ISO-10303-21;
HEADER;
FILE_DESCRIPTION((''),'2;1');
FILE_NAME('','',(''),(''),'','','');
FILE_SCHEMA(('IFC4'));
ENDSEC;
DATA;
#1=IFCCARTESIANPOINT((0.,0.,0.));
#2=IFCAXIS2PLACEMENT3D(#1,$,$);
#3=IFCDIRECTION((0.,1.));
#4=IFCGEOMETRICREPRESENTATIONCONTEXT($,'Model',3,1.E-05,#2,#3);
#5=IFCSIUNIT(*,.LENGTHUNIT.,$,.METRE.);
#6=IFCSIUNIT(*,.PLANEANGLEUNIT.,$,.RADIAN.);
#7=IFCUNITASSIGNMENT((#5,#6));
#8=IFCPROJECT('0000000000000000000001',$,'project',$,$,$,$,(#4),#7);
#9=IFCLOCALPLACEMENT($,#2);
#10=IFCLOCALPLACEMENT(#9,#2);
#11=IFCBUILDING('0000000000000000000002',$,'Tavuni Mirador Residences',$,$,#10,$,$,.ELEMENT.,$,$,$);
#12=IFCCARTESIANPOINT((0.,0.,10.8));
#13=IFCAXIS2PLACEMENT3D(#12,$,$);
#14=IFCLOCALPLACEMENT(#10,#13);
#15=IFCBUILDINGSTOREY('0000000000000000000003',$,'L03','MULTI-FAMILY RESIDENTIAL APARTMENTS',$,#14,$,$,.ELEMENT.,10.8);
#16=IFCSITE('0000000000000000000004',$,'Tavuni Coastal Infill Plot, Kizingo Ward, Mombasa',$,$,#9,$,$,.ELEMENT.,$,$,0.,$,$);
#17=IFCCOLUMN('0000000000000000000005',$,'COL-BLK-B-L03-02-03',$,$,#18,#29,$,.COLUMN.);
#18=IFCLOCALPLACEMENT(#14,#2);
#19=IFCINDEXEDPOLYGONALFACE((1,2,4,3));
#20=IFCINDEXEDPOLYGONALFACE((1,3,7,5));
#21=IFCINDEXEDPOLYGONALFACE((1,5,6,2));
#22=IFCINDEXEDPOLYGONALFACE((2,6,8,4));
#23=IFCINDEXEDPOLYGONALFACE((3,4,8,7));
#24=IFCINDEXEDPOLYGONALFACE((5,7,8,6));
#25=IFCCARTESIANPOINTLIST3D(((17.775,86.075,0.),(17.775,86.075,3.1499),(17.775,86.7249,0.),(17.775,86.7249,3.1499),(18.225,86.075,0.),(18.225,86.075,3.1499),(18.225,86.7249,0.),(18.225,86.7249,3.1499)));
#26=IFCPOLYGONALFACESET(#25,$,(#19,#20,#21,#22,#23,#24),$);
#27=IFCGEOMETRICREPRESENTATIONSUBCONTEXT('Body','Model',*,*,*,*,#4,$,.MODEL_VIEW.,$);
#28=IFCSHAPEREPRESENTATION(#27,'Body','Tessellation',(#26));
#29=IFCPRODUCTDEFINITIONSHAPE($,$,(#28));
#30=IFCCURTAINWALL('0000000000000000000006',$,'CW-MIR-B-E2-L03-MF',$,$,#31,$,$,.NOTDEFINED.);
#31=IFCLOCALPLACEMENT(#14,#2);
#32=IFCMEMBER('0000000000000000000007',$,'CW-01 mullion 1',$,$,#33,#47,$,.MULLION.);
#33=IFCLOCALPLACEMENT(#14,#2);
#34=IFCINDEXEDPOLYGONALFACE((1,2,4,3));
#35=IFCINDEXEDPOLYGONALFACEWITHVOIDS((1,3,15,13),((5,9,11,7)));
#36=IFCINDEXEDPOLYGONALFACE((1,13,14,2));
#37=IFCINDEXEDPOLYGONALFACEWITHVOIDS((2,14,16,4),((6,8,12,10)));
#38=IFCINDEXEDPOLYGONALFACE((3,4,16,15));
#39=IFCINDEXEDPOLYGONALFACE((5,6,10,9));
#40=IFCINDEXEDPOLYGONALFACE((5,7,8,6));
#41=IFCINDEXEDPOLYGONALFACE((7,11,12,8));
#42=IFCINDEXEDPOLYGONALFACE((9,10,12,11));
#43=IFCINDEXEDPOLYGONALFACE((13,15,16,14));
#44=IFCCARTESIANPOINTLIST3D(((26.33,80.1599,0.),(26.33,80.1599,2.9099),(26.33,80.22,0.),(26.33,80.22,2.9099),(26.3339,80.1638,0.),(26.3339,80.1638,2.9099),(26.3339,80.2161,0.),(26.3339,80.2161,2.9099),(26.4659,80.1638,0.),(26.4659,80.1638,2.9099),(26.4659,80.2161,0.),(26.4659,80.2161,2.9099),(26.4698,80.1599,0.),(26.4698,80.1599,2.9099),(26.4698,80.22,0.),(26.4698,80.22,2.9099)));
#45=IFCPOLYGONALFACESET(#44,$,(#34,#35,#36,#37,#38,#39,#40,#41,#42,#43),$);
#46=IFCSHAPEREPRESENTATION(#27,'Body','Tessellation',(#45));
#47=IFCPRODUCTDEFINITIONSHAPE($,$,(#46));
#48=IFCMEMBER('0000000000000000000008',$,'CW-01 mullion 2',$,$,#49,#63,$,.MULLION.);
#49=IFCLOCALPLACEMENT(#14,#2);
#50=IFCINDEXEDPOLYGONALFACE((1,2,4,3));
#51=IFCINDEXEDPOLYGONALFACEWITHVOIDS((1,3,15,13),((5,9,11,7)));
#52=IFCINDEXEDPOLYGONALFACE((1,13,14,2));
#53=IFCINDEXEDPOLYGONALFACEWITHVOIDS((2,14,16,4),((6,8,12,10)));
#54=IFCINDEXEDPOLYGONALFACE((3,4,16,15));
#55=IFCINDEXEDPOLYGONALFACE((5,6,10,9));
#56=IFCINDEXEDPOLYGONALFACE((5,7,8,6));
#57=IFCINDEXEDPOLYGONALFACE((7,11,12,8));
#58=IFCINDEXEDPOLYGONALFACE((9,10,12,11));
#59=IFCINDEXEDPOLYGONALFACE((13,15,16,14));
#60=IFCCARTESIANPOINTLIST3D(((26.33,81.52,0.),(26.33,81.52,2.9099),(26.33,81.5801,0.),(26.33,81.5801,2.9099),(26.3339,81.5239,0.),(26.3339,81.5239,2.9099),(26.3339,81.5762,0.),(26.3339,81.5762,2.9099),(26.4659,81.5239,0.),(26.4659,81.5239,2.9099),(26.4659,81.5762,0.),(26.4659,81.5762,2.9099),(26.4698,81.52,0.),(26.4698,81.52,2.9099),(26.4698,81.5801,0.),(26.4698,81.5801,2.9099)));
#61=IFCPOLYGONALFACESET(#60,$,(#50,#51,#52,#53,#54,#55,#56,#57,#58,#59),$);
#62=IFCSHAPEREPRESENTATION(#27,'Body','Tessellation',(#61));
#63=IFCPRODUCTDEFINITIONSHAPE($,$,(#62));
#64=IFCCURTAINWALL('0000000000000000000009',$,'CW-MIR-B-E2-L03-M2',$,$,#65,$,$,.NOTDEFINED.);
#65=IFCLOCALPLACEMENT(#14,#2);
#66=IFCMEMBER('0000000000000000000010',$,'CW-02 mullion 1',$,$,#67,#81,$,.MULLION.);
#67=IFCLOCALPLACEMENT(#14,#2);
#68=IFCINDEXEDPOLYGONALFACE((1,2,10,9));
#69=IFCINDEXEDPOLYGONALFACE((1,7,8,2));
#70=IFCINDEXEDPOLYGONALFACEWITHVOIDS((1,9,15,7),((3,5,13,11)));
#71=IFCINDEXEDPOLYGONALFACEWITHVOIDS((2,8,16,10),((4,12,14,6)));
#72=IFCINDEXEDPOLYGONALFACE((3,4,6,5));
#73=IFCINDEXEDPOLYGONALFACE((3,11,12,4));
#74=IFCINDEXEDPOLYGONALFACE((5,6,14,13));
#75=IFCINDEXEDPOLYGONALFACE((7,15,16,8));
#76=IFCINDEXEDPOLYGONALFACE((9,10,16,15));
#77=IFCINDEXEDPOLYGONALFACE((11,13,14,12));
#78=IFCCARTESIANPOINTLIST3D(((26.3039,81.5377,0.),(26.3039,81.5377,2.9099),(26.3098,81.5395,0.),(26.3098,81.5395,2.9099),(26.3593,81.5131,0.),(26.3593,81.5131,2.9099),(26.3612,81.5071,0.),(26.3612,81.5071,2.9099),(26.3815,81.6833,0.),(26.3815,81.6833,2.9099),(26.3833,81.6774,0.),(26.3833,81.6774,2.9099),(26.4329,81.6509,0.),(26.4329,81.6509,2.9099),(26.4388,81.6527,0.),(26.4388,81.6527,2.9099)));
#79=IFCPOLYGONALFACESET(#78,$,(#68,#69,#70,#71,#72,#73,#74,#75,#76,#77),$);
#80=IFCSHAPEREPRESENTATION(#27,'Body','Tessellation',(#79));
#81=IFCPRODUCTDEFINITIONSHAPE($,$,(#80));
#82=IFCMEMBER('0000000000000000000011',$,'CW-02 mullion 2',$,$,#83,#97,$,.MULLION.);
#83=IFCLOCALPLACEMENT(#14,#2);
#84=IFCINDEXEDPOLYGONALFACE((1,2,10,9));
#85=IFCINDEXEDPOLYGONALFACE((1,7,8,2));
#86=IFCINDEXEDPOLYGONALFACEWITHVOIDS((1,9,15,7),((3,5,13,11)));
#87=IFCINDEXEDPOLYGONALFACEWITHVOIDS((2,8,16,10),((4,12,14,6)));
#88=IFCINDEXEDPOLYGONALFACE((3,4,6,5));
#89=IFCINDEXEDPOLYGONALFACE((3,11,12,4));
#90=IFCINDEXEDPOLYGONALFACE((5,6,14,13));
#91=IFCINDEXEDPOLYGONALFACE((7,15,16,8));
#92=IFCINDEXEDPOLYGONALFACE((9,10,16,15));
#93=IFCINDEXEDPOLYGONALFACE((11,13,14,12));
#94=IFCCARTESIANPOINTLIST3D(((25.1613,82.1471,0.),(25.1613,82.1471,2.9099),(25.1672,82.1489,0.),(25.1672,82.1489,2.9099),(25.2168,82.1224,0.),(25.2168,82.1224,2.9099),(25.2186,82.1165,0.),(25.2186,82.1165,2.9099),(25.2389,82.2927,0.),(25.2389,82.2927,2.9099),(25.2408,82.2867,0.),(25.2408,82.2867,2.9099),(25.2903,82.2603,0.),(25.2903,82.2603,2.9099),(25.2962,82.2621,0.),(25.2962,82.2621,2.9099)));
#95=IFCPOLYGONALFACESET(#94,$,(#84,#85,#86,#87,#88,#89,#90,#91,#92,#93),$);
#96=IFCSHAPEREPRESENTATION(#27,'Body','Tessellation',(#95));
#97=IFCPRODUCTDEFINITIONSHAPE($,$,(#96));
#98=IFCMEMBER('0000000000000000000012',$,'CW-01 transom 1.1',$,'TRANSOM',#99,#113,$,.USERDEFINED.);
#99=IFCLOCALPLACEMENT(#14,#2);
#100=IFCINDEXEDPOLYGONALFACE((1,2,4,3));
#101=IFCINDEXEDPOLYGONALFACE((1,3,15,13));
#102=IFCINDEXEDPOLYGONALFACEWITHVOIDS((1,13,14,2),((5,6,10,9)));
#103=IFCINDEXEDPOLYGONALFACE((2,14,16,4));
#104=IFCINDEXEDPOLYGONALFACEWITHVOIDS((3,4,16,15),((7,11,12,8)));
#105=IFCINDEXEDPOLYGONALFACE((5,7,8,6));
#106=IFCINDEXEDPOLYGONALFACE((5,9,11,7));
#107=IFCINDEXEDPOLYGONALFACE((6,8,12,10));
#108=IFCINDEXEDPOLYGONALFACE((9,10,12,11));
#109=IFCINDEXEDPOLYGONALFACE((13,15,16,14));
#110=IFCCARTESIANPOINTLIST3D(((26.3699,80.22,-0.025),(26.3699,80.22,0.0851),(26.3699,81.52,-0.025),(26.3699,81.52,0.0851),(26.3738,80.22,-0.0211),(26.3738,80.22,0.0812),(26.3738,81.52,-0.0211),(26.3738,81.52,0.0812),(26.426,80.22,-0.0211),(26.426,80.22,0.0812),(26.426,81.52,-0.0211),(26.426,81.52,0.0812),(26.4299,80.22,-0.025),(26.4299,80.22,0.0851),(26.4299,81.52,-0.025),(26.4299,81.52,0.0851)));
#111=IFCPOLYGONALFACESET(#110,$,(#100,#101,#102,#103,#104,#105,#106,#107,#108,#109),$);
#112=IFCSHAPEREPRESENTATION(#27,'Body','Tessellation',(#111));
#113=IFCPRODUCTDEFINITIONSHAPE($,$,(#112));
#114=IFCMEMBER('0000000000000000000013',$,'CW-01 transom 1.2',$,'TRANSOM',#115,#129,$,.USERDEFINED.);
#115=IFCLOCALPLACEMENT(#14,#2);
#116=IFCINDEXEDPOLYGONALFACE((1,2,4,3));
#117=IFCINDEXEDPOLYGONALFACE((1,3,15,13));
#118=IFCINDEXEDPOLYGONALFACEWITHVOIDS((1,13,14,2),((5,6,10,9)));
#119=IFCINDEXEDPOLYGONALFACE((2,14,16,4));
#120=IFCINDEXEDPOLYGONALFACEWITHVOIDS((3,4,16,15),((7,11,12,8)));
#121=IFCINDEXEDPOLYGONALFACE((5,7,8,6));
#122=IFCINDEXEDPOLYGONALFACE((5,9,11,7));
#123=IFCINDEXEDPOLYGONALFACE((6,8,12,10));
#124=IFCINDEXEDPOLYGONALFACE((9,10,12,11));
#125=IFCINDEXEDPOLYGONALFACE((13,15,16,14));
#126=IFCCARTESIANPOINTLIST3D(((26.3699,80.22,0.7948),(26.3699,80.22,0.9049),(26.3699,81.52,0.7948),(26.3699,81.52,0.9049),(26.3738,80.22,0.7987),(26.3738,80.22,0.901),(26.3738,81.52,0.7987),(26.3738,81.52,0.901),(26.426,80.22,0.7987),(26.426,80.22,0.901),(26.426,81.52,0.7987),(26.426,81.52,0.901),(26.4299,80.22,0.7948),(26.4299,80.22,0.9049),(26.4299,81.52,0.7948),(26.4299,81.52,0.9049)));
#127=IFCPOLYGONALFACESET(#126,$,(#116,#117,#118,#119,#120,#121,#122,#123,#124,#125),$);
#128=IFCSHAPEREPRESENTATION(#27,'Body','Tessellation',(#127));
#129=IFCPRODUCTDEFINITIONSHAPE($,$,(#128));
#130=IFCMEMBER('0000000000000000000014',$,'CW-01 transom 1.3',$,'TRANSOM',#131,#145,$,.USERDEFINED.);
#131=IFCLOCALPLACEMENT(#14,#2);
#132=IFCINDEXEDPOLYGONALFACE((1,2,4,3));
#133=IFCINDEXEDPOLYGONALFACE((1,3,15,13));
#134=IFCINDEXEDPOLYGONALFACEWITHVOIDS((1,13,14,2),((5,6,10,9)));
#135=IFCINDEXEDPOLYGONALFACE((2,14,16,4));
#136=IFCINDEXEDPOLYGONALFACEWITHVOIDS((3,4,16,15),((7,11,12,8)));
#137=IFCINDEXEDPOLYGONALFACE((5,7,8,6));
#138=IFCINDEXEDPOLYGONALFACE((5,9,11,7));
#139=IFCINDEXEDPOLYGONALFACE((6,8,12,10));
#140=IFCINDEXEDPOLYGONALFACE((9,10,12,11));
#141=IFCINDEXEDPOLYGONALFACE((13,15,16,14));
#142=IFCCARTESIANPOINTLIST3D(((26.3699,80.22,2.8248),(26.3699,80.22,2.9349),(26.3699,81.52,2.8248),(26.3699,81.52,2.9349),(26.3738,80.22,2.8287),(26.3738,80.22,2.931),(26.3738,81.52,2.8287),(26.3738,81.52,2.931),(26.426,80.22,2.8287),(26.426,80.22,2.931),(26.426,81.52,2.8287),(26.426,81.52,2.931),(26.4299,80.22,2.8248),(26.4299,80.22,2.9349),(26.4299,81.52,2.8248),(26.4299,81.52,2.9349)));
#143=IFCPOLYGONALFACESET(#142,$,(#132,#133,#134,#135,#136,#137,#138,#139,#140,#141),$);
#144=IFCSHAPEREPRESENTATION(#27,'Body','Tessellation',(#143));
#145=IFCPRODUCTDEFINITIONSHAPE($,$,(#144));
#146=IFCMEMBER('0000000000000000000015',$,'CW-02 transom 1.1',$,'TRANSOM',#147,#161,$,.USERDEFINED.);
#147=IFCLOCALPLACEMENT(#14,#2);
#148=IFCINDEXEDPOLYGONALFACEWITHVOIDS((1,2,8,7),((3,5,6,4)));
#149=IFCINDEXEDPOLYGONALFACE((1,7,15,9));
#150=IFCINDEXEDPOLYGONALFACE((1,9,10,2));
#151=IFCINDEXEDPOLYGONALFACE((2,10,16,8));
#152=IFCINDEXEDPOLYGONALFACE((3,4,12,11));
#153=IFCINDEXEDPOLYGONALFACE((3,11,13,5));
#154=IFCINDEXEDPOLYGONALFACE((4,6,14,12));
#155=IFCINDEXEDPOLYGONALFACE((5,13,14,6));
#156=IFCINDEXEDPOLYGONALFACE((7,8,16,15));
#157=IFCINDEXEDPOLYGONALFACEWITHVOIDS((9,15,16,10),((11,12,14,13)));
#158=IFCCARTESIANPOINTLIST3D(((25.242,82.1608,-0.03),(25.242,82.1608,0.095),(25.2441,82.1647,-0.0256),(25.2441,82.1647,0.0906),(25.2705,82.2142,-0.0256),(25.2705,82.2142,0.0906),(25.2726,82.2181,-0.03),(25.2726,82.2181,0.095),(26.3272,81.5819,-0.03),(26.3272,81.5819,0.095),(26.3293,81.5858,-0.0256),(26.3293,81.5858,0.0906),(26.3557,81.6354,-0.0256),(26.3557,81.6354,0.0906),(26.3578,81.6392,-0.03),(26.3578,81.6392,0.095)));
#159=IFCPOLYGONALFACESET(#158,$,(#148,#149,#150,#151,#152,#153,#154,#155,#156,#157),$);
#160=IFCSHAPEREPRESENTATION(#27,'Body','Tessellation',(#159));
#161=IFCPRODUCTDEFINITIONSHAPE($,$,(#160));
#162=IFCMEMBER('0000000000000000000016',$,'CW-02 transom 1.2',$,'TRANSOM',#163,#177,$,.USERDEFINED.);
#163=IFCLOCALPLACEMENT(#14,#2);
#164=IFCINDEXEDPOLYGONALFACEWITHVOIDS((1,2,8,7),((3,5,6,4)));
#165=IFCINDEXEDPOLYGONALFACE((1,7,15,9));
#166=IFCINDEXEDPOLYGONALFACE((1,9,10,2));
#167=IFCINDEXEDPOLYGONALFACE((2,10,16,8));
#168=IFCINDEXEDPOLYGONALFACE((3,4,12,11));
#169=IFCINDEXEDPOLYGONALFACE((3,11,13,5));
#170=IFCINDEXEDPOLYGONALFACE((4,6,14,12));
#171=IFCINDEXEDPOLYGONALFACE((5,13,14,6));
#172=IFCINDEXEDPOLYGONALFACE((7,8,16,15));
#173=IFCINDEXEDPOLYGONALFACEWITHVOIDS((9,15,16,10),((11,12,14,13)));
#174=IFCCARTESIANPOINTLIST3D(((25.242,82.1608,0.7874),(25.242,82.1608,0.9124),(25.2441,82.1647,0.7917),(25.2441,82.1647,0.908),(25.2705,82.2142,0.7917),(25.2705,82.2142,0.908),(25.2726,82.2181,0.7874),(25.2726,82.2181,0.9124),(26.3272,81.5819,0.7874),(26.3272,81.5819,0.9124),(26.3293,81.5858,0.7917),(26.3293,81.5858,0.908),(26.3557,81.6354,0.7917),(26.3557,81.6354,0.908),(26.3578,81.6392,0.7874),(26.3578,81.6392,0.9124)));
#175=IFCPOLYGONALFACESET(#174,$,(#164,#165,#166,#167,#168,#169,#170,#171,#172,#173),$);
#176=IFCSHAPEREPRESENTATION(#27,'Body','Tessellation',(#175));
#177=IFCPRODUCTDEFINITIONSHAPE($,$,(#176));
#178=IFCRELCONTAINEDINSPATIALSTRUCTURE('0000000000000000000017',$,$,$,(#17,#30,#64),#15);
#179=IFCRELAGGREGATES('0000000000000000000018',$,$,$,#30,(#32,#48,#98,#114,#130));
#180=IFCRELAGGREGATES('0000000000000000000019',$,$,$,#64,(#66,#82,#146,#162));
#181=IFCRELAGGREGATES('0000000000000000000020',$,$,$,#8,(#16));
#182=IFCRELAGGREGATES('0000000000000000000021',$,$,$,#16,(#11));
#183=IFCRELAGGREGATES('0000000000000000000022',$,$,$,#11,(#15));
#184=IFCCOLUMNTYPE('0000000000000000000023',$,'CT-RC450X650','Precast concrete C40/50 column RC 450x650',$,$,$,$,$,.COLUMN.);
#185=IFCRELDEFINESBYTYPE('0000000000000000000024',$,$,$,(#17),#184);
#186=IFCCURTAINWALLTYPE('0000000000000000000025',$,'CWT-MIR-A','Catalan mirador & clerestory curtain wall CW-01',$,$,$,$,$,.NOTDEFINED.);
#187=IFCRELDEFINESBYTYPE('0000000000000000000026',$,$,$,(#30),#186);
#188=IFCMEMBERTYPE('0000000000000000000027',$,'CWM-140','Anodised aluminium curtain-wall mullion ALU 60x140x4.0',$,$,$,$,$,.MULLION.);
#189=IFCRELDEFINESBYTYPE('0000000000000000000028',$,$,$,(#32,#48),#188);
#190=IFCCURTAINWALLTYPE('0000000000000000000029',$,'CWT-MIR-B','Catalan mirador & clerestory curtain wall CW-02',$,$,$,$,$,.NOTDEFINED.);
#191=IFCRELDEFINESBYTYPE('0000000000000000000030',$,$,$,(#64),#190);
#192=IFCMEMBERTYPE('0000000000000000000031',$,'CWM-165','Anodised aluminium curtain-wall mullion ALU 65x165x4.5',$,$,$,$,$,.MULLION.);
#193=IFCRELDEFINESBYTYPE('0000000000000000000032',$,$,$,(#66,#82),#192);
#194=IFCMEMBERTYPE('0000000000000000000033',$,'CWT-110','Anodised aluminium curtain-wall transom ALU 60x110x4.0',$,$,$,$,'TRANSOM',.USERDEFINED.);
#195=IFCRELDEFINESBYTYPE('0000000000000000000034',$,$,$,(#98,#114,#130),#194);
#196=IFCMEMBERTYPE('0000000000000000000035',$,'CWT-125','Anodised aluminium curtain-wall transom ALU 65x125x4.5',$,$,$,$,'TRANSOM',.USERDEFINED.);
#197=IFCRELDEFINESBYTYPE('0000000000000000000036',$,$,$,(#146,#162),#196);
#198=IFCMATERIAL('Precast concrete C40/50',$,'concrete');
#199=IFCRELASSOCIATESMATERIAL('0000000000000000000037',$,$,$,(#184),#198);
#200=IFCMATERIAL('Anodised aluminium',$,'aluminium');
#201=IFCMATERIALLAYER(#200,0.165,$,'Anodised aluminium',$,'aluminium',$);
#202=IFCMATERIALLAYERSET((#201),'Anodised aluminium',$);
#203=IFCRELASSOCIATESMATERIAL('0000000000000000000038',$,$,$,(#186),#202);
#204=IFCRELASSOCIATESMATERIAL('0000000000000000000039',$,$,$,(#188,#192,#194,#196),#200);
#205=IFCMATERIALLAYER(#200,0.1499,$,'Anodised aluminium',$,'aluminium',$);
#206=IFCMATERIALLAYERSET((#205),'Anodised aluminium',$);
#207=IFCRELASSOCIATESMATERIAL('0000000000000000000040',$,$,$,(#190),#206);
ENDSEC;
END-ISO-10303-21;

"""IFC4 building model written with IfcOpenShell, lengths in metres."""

from ifc_helpers import new_model, si_unit, direction, frame, origin, origin_2d, place, context, subcontext, project, spatial, rectangle, hollow_rectangle, extrude, material, layer, layer_set, material_profile, profile_set, type_object, element, aggregate, save


model = new_model("IFC4")

# Units and contexts
model_context = context("Model", 3, precision=1e-05, world=origin(), true_north=direction((0.0, 1.0)))
body_context = subcontext(model_context, "Body", "Model", "MODEL_VIEW")
ifc_project = project(units=[si_unit("LENGTHUNIT", "METRE"), si_unit("PLANEANGLEUNIT", "RADIAN")], contexts=[model_context])

# Site, building, storey
site_placement = place(None, origin())
site = spatial("IfcSite", under=ifc_project, at=site_placement, Name="Tavuni Coastal Infill Plot, Kizingo Ward, Mombasa", CompositionType="ELEMENT", RefElevation=0.0)
building_placement = place(site_placement, origin())
building = spatial("IfcBuilding", under=site, at=building_placement, Name="Tavuni Mirador Residences", CompositionType="ELEMENT")
storey_placement = place(building_placement, frame((0.0, 0.0, 10.8)))
storey = spatial("IfcBuildingStorey", under=building, at=storey_placement, Name="L03", Description="MULTI-FAMILY RESIDENTIAL APARTMENTS", CompositionType="ELEMENT", Elevation=10.8)

# Column
ifc_material_1 = material(Name="Precast concrete C40/50", Category="concrete")
ifc_material_profile_1 = material_profile(ifc_material_1, rectangle(XDim=0.45, YDim=0.6499, at=origin_2d()), Name="RC 450x650", Category="concrete")
ifc_profile_set_1 = profile_set([ifc_material_profile_1], Name="Precast concrete C40/50")
column_type = type_object("IfcColumnType", Name="CT-RC450X650", Description="Precast concrete C40/50 column RC 450x650", PredefinedType="COLUMN", material=ifc_profile_set_1)
column_placement = place(storey_placement, frame((18.0, 86.3999, 0.0), z_axis=(0.0, 0.0, 1.0), x_axis=(1.0, 0.0, 0.0)))
element("IfcColumn", 1, at=column_placement, inside=storey, type_object=column_type, Name="COL-BLK-B-L03-02-03", PredefinedType="COLUMN", context=body_context, shape_type="SweptSolid", body=[
    extrude(rectangle(XDim=0.45, YDim=0.6499, at=origin_2d()), origin(), (0.0, 0.0, 1.0), 3.1499),
])

# Curtain walls, members
ifc_material_2 = material(Name="Anodised aluminium", Category="aluminium")
ifc_layer_1 = layer(ifc_material_2, 0.165, Name="Anodised aluminium", Category="aluminium")
ifc_layer_set_1 = layer_set([ifc_layer_1], Name="Anodised aluminium")
curtain_wall_type_1 = type_object("IfcCurtainWallType", Name="CWT-MIR-A", Description="Catalan mirador & clerestory curtain wall CW-01", PredefinedType="NOTDEFINED", material=ifc_layer_set_1)
curtain_wall_1_placement = place(storey_placement, origin())
curtain_wall_1 = element("IfcCurtainWall", 2, at=curtain_wall_1_placement, inside=storey, type_object=curtain_wall_type_1, Name="CW-MIR-B-E2-L03-MF", PredefinedType="NOTDEFINED")
ifc_material_profile_2 = material_profile(ifc_material_2, hollow_rectangle(XDim=0.0601, YDim=0.1399, WallThickness=0.0039, at=origin_2d()), Name="ALU 60x140x4.0", Category="aluminium")
ifc_profile_set_2 = profile_set([ifc_material_profile_2], Name="Anodised aluminium")
member_type_1 = type_object("IfcMemberType", Name="CWM-140", Description="Anodised aluminium curtain-wall mullion ALU 60x140x4.0", PredefinedType="MULLION", material=ifc_profile_set_2)
member_1_placement = place(storey_placement, frame((26.3999, 80.1899, 0.0), z_axis=(0.0, 0.0, 1.0), x_axis=(0.0, 1.0, 0.0)))
member_1 = element("IfcMember", 3, at=member_1_placement, type_object=member_type_1, Name="CW-01 mullion 1", PredefinedType="MULLION", context=body_context, shape_type="SweptSolid", body=[
    extrude(hollow_rectangle(XDim=0.0601, YDim=0.1399, WallThickness=0.0039, at=origin_2d()), origin(), (0.0, 0.0, 1.0), 2.9099),
])
member_2_placement = place(storey_placement, frame((26.3999, 81.55, 0.0), z_axis=(0.0, 0.0, 1.0), x_axis=(0.0, 1.0, 0.0)))
member_2 = element("IfcMember", 4, at=member_2_placement, type_object=member_type_1, Name="CW-01 mullion 2", PredefinedType="MULLION", context=body_context, shape_type="SweptSolid", body=[
    extrude(hollow_rectangle(XDim=0.0601, YDim=0.1399, WallThickness=0.0039, at=origin_2d()), origin(), (0.0, 0.0, 1.0), 2.9099),
])
ifc_layer_2 = layer(ifc_material_2, 0.1499, Name="Anodised aluminium", Category="aluminium")
ifc_layer_set_2 = layer_set([ifc_layer_2], Name="Anodised aluminium")
curtain_wall_type_2 = type_object("IfcCurtainWallType", Name="CWT-MIR-B", Description="Catalan mirador & clerestory curtain wall CW-02", PredefinedType="NOTDEFINED", material=ifc_layer_set_2)
curtain_wall_2_placement = place(storey_placement, origin())
curtain_wall_2 = element("IfcCurtainWall", 5, at=curtain_wall_2_placement, inside=storey, type_object=curtain_wall_type_2, Name="CW-MIR-B-E2-L03-M2", PredefinedType="NOTDEFINED")
ifc_material_profile_3 = material_profile(ifc_material_2, hollow_rectangle(XDim=0.0649, YDim=0.165, WallThickness=0.0044, at=origin_2d()), Name="ALU 65x165x4.5", Category="aluminium")
ifc_profile_set_3 = profile_set([ifc_material_profile_3], Name="Anodised aluminium")
member_type_2 = type_object("IfcMemberType", Name="CWM-165", Description="Anodised aluminium curtain-wall mullion ALU 65x165x4.5", PredefinedType="MULLION", material=ifc_profile_set_3)
member_3_placement = place(storey_placement, frame((26.3713, 81.5952, 0.0), z_axis=(0.0, 0.0, 1.0), x_axis=(-0.882353, 0.470588, 0.0)))
member_3 = element("IfcMember", 6, at=member_3_placement, type_object=member_type_2, Name="CW-02 mullion 1", PredefinedType="MULLION", context=body_context, shape_type="SweptSolid", body=[
    extrude(hollow_rectangle(XDim=0.0649, YDim=0.165, WallThickness=0.0044, at=origin_2d()), origin(), (0.0, 0.0, 1.0), 2.9099),
])
member_4_placement = place(storey_placement, frame((25.2288, 82.2046, 0.0), z_axis=(0.0, 0.0, 1.0), x_axis=(-0.882353, 0.470588, 0.0)))
member_4 = element("IfcMember", 7, at=member_4_placement, type_object=member_type_2, Name="CW-02 mullion 2", PredefinedType="MULLION", context=body_context, shape_type="SweptSolid", body=[
    extrude(hollow_rectangle(XDim=0.0649, YDim=0.165, WallThickness=0.0044, at=origin_2d()), origin(), (0.0, 0.0, 1.0), 2.9099),
])

# Members
ifc_material_profile_4 = material_profile(ifc_material_2, hollow_rectangle(XDim=0.0601, YDim=0.1101, WallThickness=0.0039, at=origin_2d()), Name="ALU 60x110x4.0", Category="aluminium")
ifc_profile_set_4 = profile_set([ifc_material_profile_4], Name="Anodised aluminium")
member_type_3 = type_object("IfcMemberType", Name="CWT-110", Description="Anodised aluminium curtain-wall transom ALU 60x110x4.0", ElementType="TRANSOM", PredefinedType="USERDEFINED", material=ifc_profile_set_4)
member_5_placement = place(storey_placement, frame((26.3999, 80.22, 0.03), z_axis=(0.0, 1.0, 0.0), x_axis=(-1.0, 0.0, 0.0)))
member_5 = element("IfcMember", 8, at=member_5_placement, type_object=member_type_3, Name="CW-01 transom 1.1", ObjectType="TRANSOM", PredefinedType="USERDEFINED", context=body_context, shape_type="SweptSolid", body=[
    extrude(hollow_rectangle(XDim=0.0601, YDim=0.1101, WallThickness=0.0039, at=origin_2d()), origin(), (0.0, 0.0, 1.0), 1.3),
])
member_6_placement = place(storey_placement, frame((26.3999, 80.22, 0.8499), z_axis=(0.0, 1.0, 0.0), x_axis=(-1.0, 0.0, 0.0)))
member_6 = element("IfcMember", 9, at=member_6_placement, type_object=member_type_3, Name="CW-01 transom 1.2", ObjectType="TRANSOM", PredefinedType="USERDEFINED", context=body_context, shape_type="SweptSolid", body=[
    extrude(hollow_rectangle(XDim=0.0601, YDim=0.1101, WallThickness=0.0039, at=origin_2d()), origin(), (0.0, 0.0, 1.0), 1.3),
])
member_7_placement = place(storey_placement, frame((26.3999, 80.22, 2.8799), z_axis=(0.0, 1.0, 0.0), x_axis=(-1.0, 0.0, 0.0)))
member_7 = element("IfcMember", 10, at=member_7_placement, type_object=member_type_3, Name="CW-01 transom 1.3", ObjectType="TRANSOM", PredefinedType="USERDEFINED", context=body_context, shape_type="SweptSolid", body=[
    extrude(hollow_rectangle(XDim=0.0601, YDim=0.1101, WallThickness=0.0039, at=origin_2d()), origin(), (0.0, 0.0, 1.0), 1.3),
])
ifc_material_profile_5 = material_profile(ifc_material_2, hollow_rectangle(XDim=0.0649, YDim=0.125, WallThickness=0.0044, at=origin_2d()), Name="ALU 65x125x4.5", Category="aluminium")
ifc_profile_set_5 = profile_set([ifc_material_profile_5], Name="Anodised aluminium")
member_type_4 = type_object("IfcMemberType", Name="CWT-125", Description="Anodised aluminium curtain-wall transom ALU 65x125x4.5", ElementType="TRANSOM", PredefinedType="USERDEFINED", material=ifc_profile_set_5)
member_8_placement = place(storey_placement, frame((26.3425, 81.6106, 0.0325), z_axis=(-0.882325, 0.47064, 0.0), x_axis=(-0.47064, -0.882325, 0.0)))
member_8 = element("IfcMember", 11, at=member_8_placement, type_object=member_type_4, Name="CW-02 transom 1.1", ObjectType="TRANSOM", PredefinedType="USERDEFINED", context=body_context, shape_type="SweptSolid", body=[
    extrude(hollow_rectangle(XDim=0.0649, YDim=0.125, WallThickness=0.0044, at=origin_2d()), origin(), (0.0, 0.0, 1.0), 1.23),
])
member_9_placement = place(storey_placement, frame((26.3425, 81.6106, 0.8499), z_axis=(-0.882325, 0.47064, 0.0), x_axis=(-0.47064, -0.882325, 0.0)))
member_9 = element("IfcMember", 12, at=member_9_placement, type_object=member_type_4, Name="CW-02 transom 1.2", ObjectType="TRANSOM", PredefinedType="USERDEFINED", context=body_context, shape_type="SweptSolid", body=[
    extrude(hollow_rectangle(XDim=0.0649, YDim=0.125, WallThickness=0.0044, at=origin_2d()), origin(), (0.0, 0.0, 1.0), 1.23),
])

aggregate(curtain_wall_1, [member_1, member_2, member_5, member_6, member_7])
aggregate(curtain_wall_2, [member_3, member_4, member_8, member_9])

save(model, "model.ifc")
